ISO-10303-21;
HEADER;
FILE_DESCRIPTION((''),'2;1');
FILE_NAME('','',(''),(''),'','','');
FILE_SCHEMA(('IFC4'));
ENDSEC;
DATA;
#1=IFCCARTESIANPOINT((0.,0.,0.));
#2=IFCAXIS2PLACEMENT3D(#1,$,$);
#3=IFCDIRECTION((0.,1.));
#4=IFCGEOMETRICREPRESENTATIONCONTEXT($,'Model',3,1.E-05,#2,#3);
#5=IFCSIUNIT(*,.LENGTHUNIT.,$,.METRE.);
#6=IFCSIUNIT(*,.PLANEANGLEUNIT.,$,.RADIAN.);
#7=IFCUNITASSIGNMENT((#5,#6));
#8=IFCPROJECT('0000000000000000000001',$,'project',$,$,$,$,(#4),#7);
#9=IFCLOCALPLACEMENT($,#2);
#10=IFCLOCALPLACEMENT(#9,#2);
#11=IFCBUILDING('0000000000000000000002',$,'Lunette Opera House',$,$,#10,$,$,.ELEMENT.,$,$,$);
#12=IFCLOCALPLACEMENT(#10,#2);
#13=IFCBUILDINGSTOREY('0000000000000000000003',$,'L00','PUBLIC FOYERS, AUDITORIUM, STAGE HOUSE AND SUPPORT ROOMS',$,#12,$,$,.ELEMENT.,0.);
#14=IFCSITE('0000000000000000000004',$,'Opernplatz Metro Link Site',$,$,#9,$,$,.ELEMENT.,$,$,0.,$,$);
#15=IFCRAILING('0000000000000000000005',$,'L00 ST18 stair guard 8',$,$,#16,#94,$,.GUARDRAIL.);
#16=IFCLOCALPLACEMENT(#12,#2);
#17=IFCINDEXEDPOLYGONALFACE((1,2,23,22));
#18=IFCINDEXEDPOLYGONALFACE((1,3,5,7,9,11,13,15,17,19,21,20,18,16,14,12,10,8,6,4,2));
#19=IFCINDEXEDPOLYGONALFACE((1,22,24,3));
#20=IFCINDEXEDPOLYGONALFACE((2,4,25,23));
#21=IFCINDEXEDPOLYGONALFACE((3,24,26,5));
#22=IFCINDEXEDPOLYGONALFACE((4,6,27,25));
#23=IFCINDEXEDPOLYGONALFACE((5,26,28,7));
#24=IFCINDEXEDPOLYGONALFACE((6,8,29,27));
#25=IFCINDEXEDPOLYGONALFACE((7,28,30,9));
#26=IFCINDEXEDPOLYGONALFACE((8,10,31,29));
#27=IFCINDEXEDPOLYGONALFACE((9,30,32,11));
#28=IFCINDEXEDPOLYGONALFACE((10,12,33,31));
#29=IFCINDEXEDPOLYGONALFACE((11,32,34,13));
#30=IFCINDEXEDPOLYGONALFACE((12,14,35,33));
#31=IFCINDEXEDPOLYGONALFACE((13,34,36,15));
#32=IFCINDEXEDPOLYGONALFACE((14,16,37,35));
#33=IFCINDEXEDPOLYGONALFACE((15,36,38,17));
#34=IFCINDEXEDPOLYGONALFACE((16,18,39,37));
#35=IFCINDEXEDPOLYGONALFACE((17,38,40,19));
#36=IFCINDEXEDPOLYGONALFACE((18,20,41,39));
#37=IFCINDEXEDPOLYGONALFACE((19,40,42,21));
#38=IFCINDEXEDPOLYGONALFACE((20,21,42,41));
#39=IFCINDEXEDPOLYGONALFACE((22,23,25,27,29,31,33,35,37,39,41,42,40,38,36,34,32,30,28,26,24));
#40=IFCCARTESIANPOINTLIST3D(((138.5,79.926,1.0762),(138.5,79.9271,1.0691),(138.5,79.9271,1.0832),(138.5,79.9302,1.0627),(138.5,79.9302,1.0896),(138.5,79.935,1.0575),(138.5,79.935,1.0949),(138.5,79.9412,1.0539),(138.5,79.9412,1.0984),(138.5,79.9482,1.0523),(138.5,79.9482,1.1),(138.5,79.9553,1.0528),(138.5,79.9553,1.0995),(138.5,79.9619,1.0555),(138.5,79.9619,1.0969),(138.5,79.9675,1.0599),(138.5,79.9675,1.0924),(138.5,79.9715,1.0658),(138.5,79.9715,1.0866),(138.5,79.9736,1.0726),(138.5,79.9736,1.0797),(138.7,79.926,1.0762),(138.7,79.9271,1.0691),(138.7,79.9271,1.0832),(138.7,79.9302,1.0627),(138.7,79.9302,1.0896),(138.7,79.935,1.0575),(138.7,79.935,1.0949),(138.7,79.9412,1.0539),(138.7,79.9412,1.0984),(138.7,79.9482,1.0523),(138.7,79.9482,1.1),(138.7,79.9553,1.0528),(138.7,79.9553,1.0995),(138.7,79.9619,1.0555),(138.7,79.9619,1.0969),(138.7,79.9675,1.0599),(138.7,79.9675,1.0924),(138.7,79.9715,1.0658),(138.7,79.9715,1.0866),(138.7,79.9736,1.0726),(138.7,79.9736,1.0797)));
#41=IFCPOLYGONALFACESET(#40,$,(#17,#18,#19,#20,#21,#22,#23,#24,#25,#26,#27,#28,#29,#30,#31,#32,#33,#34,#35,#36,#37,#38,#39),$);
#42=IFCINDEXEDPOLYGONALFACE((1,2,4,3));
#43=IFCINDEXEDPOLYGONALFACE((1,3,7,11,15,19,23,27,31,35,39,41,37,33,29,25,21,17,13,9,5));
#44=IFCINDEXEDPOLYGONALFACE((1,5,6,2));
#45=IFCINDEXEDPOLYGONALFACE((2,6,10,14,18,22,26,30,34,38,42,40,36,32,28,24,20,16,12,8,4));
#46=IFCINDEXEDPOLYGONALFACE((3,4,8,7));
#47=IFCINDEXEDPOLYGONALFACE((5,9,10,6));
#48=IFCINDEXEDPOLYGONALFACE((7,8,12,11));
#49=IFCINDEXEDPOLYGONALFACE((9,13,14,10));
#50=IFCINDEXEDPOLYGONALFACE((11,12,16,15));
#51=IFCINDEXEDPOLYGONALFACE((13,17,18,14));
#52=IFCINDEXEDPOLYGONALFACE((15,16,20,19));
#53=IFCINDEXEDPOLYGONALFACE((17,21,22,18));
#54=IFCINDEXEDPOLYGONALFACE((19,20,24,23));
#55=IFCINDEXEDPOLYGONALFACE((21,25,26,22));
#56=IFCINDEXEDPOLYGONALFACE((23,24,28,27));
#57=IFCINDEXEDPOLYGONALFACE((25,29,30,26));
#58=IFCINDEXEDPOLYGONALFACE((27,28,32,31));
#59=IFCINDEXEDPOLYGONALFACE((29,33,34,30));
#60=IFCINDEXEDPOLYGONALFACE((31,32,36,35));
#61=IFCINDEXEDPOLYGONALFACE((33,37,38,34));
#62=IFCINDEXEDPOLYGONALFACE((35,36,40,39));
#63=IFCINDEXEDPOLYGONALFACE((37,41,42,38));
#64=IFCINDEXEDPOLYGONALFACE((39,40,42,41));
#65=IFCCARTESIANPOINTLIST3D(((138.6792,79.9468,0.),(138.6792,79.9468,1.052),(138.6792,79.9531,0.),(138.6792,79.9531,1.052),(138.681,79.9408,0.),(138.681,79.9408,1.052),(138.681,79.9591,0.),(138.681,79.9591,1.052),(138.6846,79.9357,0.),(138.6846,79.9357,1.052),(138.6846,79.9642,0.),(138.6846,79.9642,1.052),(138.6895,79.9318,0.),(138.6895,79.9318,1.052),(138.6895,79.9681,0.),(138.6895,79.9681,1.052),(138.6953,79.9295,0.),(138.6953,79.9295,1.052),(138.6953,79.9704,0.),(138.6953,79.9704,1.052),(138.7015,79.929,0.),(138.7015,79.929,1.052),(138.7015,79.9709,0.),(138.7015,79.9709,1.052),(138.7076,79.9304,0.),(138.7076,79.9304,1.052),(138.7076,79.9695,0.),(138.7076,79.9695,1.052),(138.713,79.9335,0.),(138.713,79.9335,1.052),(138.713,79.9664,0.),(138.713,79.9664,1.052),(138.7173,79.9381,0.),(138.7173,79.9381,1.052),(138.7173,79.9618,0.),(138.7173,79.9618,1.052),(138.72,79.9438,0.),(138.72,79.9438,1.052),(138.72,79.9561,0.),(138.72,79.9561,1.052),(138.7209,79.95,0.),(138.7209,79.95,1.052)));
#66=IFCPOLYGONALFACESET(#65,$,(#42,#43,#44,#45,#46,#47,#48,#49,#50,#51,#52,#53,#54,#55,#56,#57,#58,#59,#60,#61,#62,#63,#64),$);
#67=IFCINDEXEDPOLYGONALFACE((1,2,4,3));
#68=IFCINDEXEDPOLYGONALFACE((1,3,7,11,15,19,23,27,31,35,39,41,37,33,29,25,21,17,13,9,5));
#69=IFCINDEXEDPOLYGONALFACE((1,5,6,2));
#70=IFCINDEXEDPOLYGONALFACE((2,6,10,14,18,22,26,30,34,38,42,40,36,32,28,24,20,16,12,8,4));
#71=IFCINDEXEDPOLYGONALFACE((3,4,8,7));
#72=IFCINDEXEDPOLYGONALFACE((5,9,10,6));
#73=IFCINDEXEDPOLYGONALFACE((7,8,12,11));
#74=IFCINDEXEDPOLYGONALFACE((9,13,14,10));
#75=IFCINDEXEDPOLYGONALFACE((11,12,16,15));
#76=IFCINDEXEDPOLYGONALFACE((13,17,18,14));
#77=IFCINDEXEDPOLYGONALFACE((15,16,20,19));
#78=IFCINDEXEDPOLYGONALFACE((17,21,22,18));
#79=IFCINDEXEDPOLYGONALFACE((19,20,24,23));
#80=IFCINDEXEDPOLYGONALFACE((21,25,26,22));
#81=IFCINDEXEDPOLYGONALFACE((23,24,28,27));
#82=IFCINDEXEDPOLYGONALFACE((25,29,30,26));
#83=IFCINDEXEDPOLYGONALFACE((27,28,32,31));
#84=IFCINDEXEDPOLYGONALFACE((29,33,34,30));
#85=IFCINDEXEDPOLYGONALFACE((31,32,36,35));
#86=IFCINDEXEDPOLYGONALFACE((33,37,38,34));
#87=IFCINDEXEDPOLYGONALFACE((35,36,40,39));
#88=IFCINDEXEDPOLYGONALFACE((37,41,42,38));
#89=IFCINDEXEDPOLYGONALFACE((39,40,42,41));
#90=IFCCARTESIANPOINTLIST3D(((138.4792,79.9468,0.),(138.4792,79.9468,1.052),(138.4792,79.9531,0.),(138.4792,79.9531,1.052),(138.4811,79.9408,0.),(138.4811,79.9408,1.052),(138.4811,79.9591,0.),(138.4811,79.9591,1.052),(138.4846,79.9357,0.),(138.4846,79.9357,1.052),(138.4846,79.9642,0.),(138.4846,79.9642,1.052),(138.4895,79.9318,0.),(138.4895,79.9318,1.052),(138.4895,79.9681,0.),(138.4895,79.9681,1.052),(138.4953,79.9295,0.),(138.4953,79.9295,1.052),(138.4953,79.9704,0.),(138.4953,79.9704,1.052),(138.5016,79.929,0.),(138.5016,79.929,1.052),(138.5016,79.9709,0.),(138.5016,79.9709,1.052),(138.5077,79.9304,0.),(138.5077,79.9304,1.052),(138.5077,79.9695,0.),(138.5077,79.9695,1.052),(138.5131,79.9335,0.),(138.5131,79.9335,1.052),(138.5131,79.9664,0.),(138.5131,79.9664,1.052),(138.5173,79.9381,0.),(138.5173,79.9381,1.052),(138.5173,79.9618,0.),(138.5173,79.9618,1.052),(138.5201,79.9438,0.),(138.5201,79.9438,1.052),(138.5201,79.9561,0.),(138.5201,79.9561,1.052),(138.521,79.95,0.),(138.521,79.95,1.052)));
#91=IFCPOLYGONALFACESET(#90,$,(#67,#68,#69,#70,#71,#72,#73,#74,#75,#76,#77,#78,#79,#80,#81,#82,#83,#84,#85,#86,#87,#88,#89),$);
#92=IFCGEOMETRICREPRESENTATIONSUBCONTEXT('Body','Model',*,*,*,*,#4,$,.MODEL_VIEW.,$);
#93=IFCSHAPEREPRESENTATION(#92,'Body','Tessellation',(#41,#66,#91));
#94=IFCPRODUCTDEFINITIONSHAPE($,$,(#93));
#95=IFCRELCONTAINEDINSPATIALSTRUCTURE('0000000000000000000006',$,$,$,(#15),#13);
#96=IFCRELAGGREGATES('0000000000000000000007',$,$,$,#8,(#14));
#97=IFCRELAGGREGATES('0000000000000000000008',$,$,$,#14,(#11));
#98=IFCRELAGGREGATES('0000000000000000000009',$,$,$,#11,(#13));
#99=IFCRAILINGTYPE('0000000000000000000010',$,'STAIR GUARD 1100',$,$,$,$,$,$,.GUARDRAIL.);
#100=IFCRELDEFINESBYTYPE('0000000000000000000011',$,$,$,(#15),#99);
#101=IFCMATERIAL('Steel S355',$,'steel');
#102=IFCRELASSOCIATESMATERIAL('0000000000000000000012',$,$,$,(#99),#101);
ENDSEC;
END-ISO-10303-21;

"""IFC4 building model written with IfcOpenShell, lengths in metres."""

from ifc_helpers import new_model, si_unit, direction, frame, origin, origin_2d, place, context, subcontext, project, spatial, circle, extrude, material, type_object, element, save


model = new_model("IFC4")

# Units and contexts
model_context = context("Model", 3, precision=1e-05, world=origin(), true_north=direction((0.0, 1.0)))
body_context = subcontext(model_context, "Body", "Model", "MODEL_VIEW")
ifc_project = project(units=[si_unit("LENGTHUNIT", "METRE"), si_unit("PLANEANGLEUNIT", "RADIAN")], contexts=[model_context])

# Site, building, storey
site_placement = place(None, origin())
site = spatial("IfcSite", under=ifc_project, at=site_placement, Name="Opernplatz Metro Link Site", CompositionType="ELEMENT", RefElevation=0.0)
building_placement = place(site_placement, origin())
building = spatial("IfcBuilding", under=site, at=building_placement, Name="Lunette Opera House", CompositionType="ELEMENT")
storey_placement = place(building_placement, origin())
storey = spatial("IfcBuildingStorey", under=building, at=storey_placement, Name="L00", Description="PUBLIC FOYERS, AUDITORIUM, STAGE HOUSE AND SUPPORT ROOMS", CompositionType="ELEMENT", Elevation=0.0)

# Railing
ifc_material_1 = material(Name="Steel S355", Category="steel")
railing_type_1 = type_object("IfcRailingType", Name="STAIR GUARD 1100", PredefinedType="GUARDRAIL", material=ifc_material_1)
railing_1_placement = place(storey_placement, frame((138.7, 79.95, 0.0)))
element("IfcRailing", 1, at=railing_1_placement, inside=storey, type_object=railing_type_1, Name="L00 ST18 stair guard 8", PredefinedType="GUARDRAIL", context=body_context, shape_type="SweptSolid", body=[
    extrude(circle(Radius=0.0239, at=origin_2d()), frame((0.0, 0.0, 1.0762), z_axis=(-1.0, 0.0, 0.0), x_axis=(0.0, -1.0, 0.0)), (0.0, 0.0, 1.0), 0.2),
    extrude(circle(Radius=0.021, at=origin_2d()), origin(), (0.0, 0.0, 1.0), 1.052),
    extrude(circle(Radius=0.021, at=origin_2d()), frame((-0.2, 0.0, 0.0)), (0.0, 0.0, 1.0), 1.052),
])

save(model, "model.ifc")
